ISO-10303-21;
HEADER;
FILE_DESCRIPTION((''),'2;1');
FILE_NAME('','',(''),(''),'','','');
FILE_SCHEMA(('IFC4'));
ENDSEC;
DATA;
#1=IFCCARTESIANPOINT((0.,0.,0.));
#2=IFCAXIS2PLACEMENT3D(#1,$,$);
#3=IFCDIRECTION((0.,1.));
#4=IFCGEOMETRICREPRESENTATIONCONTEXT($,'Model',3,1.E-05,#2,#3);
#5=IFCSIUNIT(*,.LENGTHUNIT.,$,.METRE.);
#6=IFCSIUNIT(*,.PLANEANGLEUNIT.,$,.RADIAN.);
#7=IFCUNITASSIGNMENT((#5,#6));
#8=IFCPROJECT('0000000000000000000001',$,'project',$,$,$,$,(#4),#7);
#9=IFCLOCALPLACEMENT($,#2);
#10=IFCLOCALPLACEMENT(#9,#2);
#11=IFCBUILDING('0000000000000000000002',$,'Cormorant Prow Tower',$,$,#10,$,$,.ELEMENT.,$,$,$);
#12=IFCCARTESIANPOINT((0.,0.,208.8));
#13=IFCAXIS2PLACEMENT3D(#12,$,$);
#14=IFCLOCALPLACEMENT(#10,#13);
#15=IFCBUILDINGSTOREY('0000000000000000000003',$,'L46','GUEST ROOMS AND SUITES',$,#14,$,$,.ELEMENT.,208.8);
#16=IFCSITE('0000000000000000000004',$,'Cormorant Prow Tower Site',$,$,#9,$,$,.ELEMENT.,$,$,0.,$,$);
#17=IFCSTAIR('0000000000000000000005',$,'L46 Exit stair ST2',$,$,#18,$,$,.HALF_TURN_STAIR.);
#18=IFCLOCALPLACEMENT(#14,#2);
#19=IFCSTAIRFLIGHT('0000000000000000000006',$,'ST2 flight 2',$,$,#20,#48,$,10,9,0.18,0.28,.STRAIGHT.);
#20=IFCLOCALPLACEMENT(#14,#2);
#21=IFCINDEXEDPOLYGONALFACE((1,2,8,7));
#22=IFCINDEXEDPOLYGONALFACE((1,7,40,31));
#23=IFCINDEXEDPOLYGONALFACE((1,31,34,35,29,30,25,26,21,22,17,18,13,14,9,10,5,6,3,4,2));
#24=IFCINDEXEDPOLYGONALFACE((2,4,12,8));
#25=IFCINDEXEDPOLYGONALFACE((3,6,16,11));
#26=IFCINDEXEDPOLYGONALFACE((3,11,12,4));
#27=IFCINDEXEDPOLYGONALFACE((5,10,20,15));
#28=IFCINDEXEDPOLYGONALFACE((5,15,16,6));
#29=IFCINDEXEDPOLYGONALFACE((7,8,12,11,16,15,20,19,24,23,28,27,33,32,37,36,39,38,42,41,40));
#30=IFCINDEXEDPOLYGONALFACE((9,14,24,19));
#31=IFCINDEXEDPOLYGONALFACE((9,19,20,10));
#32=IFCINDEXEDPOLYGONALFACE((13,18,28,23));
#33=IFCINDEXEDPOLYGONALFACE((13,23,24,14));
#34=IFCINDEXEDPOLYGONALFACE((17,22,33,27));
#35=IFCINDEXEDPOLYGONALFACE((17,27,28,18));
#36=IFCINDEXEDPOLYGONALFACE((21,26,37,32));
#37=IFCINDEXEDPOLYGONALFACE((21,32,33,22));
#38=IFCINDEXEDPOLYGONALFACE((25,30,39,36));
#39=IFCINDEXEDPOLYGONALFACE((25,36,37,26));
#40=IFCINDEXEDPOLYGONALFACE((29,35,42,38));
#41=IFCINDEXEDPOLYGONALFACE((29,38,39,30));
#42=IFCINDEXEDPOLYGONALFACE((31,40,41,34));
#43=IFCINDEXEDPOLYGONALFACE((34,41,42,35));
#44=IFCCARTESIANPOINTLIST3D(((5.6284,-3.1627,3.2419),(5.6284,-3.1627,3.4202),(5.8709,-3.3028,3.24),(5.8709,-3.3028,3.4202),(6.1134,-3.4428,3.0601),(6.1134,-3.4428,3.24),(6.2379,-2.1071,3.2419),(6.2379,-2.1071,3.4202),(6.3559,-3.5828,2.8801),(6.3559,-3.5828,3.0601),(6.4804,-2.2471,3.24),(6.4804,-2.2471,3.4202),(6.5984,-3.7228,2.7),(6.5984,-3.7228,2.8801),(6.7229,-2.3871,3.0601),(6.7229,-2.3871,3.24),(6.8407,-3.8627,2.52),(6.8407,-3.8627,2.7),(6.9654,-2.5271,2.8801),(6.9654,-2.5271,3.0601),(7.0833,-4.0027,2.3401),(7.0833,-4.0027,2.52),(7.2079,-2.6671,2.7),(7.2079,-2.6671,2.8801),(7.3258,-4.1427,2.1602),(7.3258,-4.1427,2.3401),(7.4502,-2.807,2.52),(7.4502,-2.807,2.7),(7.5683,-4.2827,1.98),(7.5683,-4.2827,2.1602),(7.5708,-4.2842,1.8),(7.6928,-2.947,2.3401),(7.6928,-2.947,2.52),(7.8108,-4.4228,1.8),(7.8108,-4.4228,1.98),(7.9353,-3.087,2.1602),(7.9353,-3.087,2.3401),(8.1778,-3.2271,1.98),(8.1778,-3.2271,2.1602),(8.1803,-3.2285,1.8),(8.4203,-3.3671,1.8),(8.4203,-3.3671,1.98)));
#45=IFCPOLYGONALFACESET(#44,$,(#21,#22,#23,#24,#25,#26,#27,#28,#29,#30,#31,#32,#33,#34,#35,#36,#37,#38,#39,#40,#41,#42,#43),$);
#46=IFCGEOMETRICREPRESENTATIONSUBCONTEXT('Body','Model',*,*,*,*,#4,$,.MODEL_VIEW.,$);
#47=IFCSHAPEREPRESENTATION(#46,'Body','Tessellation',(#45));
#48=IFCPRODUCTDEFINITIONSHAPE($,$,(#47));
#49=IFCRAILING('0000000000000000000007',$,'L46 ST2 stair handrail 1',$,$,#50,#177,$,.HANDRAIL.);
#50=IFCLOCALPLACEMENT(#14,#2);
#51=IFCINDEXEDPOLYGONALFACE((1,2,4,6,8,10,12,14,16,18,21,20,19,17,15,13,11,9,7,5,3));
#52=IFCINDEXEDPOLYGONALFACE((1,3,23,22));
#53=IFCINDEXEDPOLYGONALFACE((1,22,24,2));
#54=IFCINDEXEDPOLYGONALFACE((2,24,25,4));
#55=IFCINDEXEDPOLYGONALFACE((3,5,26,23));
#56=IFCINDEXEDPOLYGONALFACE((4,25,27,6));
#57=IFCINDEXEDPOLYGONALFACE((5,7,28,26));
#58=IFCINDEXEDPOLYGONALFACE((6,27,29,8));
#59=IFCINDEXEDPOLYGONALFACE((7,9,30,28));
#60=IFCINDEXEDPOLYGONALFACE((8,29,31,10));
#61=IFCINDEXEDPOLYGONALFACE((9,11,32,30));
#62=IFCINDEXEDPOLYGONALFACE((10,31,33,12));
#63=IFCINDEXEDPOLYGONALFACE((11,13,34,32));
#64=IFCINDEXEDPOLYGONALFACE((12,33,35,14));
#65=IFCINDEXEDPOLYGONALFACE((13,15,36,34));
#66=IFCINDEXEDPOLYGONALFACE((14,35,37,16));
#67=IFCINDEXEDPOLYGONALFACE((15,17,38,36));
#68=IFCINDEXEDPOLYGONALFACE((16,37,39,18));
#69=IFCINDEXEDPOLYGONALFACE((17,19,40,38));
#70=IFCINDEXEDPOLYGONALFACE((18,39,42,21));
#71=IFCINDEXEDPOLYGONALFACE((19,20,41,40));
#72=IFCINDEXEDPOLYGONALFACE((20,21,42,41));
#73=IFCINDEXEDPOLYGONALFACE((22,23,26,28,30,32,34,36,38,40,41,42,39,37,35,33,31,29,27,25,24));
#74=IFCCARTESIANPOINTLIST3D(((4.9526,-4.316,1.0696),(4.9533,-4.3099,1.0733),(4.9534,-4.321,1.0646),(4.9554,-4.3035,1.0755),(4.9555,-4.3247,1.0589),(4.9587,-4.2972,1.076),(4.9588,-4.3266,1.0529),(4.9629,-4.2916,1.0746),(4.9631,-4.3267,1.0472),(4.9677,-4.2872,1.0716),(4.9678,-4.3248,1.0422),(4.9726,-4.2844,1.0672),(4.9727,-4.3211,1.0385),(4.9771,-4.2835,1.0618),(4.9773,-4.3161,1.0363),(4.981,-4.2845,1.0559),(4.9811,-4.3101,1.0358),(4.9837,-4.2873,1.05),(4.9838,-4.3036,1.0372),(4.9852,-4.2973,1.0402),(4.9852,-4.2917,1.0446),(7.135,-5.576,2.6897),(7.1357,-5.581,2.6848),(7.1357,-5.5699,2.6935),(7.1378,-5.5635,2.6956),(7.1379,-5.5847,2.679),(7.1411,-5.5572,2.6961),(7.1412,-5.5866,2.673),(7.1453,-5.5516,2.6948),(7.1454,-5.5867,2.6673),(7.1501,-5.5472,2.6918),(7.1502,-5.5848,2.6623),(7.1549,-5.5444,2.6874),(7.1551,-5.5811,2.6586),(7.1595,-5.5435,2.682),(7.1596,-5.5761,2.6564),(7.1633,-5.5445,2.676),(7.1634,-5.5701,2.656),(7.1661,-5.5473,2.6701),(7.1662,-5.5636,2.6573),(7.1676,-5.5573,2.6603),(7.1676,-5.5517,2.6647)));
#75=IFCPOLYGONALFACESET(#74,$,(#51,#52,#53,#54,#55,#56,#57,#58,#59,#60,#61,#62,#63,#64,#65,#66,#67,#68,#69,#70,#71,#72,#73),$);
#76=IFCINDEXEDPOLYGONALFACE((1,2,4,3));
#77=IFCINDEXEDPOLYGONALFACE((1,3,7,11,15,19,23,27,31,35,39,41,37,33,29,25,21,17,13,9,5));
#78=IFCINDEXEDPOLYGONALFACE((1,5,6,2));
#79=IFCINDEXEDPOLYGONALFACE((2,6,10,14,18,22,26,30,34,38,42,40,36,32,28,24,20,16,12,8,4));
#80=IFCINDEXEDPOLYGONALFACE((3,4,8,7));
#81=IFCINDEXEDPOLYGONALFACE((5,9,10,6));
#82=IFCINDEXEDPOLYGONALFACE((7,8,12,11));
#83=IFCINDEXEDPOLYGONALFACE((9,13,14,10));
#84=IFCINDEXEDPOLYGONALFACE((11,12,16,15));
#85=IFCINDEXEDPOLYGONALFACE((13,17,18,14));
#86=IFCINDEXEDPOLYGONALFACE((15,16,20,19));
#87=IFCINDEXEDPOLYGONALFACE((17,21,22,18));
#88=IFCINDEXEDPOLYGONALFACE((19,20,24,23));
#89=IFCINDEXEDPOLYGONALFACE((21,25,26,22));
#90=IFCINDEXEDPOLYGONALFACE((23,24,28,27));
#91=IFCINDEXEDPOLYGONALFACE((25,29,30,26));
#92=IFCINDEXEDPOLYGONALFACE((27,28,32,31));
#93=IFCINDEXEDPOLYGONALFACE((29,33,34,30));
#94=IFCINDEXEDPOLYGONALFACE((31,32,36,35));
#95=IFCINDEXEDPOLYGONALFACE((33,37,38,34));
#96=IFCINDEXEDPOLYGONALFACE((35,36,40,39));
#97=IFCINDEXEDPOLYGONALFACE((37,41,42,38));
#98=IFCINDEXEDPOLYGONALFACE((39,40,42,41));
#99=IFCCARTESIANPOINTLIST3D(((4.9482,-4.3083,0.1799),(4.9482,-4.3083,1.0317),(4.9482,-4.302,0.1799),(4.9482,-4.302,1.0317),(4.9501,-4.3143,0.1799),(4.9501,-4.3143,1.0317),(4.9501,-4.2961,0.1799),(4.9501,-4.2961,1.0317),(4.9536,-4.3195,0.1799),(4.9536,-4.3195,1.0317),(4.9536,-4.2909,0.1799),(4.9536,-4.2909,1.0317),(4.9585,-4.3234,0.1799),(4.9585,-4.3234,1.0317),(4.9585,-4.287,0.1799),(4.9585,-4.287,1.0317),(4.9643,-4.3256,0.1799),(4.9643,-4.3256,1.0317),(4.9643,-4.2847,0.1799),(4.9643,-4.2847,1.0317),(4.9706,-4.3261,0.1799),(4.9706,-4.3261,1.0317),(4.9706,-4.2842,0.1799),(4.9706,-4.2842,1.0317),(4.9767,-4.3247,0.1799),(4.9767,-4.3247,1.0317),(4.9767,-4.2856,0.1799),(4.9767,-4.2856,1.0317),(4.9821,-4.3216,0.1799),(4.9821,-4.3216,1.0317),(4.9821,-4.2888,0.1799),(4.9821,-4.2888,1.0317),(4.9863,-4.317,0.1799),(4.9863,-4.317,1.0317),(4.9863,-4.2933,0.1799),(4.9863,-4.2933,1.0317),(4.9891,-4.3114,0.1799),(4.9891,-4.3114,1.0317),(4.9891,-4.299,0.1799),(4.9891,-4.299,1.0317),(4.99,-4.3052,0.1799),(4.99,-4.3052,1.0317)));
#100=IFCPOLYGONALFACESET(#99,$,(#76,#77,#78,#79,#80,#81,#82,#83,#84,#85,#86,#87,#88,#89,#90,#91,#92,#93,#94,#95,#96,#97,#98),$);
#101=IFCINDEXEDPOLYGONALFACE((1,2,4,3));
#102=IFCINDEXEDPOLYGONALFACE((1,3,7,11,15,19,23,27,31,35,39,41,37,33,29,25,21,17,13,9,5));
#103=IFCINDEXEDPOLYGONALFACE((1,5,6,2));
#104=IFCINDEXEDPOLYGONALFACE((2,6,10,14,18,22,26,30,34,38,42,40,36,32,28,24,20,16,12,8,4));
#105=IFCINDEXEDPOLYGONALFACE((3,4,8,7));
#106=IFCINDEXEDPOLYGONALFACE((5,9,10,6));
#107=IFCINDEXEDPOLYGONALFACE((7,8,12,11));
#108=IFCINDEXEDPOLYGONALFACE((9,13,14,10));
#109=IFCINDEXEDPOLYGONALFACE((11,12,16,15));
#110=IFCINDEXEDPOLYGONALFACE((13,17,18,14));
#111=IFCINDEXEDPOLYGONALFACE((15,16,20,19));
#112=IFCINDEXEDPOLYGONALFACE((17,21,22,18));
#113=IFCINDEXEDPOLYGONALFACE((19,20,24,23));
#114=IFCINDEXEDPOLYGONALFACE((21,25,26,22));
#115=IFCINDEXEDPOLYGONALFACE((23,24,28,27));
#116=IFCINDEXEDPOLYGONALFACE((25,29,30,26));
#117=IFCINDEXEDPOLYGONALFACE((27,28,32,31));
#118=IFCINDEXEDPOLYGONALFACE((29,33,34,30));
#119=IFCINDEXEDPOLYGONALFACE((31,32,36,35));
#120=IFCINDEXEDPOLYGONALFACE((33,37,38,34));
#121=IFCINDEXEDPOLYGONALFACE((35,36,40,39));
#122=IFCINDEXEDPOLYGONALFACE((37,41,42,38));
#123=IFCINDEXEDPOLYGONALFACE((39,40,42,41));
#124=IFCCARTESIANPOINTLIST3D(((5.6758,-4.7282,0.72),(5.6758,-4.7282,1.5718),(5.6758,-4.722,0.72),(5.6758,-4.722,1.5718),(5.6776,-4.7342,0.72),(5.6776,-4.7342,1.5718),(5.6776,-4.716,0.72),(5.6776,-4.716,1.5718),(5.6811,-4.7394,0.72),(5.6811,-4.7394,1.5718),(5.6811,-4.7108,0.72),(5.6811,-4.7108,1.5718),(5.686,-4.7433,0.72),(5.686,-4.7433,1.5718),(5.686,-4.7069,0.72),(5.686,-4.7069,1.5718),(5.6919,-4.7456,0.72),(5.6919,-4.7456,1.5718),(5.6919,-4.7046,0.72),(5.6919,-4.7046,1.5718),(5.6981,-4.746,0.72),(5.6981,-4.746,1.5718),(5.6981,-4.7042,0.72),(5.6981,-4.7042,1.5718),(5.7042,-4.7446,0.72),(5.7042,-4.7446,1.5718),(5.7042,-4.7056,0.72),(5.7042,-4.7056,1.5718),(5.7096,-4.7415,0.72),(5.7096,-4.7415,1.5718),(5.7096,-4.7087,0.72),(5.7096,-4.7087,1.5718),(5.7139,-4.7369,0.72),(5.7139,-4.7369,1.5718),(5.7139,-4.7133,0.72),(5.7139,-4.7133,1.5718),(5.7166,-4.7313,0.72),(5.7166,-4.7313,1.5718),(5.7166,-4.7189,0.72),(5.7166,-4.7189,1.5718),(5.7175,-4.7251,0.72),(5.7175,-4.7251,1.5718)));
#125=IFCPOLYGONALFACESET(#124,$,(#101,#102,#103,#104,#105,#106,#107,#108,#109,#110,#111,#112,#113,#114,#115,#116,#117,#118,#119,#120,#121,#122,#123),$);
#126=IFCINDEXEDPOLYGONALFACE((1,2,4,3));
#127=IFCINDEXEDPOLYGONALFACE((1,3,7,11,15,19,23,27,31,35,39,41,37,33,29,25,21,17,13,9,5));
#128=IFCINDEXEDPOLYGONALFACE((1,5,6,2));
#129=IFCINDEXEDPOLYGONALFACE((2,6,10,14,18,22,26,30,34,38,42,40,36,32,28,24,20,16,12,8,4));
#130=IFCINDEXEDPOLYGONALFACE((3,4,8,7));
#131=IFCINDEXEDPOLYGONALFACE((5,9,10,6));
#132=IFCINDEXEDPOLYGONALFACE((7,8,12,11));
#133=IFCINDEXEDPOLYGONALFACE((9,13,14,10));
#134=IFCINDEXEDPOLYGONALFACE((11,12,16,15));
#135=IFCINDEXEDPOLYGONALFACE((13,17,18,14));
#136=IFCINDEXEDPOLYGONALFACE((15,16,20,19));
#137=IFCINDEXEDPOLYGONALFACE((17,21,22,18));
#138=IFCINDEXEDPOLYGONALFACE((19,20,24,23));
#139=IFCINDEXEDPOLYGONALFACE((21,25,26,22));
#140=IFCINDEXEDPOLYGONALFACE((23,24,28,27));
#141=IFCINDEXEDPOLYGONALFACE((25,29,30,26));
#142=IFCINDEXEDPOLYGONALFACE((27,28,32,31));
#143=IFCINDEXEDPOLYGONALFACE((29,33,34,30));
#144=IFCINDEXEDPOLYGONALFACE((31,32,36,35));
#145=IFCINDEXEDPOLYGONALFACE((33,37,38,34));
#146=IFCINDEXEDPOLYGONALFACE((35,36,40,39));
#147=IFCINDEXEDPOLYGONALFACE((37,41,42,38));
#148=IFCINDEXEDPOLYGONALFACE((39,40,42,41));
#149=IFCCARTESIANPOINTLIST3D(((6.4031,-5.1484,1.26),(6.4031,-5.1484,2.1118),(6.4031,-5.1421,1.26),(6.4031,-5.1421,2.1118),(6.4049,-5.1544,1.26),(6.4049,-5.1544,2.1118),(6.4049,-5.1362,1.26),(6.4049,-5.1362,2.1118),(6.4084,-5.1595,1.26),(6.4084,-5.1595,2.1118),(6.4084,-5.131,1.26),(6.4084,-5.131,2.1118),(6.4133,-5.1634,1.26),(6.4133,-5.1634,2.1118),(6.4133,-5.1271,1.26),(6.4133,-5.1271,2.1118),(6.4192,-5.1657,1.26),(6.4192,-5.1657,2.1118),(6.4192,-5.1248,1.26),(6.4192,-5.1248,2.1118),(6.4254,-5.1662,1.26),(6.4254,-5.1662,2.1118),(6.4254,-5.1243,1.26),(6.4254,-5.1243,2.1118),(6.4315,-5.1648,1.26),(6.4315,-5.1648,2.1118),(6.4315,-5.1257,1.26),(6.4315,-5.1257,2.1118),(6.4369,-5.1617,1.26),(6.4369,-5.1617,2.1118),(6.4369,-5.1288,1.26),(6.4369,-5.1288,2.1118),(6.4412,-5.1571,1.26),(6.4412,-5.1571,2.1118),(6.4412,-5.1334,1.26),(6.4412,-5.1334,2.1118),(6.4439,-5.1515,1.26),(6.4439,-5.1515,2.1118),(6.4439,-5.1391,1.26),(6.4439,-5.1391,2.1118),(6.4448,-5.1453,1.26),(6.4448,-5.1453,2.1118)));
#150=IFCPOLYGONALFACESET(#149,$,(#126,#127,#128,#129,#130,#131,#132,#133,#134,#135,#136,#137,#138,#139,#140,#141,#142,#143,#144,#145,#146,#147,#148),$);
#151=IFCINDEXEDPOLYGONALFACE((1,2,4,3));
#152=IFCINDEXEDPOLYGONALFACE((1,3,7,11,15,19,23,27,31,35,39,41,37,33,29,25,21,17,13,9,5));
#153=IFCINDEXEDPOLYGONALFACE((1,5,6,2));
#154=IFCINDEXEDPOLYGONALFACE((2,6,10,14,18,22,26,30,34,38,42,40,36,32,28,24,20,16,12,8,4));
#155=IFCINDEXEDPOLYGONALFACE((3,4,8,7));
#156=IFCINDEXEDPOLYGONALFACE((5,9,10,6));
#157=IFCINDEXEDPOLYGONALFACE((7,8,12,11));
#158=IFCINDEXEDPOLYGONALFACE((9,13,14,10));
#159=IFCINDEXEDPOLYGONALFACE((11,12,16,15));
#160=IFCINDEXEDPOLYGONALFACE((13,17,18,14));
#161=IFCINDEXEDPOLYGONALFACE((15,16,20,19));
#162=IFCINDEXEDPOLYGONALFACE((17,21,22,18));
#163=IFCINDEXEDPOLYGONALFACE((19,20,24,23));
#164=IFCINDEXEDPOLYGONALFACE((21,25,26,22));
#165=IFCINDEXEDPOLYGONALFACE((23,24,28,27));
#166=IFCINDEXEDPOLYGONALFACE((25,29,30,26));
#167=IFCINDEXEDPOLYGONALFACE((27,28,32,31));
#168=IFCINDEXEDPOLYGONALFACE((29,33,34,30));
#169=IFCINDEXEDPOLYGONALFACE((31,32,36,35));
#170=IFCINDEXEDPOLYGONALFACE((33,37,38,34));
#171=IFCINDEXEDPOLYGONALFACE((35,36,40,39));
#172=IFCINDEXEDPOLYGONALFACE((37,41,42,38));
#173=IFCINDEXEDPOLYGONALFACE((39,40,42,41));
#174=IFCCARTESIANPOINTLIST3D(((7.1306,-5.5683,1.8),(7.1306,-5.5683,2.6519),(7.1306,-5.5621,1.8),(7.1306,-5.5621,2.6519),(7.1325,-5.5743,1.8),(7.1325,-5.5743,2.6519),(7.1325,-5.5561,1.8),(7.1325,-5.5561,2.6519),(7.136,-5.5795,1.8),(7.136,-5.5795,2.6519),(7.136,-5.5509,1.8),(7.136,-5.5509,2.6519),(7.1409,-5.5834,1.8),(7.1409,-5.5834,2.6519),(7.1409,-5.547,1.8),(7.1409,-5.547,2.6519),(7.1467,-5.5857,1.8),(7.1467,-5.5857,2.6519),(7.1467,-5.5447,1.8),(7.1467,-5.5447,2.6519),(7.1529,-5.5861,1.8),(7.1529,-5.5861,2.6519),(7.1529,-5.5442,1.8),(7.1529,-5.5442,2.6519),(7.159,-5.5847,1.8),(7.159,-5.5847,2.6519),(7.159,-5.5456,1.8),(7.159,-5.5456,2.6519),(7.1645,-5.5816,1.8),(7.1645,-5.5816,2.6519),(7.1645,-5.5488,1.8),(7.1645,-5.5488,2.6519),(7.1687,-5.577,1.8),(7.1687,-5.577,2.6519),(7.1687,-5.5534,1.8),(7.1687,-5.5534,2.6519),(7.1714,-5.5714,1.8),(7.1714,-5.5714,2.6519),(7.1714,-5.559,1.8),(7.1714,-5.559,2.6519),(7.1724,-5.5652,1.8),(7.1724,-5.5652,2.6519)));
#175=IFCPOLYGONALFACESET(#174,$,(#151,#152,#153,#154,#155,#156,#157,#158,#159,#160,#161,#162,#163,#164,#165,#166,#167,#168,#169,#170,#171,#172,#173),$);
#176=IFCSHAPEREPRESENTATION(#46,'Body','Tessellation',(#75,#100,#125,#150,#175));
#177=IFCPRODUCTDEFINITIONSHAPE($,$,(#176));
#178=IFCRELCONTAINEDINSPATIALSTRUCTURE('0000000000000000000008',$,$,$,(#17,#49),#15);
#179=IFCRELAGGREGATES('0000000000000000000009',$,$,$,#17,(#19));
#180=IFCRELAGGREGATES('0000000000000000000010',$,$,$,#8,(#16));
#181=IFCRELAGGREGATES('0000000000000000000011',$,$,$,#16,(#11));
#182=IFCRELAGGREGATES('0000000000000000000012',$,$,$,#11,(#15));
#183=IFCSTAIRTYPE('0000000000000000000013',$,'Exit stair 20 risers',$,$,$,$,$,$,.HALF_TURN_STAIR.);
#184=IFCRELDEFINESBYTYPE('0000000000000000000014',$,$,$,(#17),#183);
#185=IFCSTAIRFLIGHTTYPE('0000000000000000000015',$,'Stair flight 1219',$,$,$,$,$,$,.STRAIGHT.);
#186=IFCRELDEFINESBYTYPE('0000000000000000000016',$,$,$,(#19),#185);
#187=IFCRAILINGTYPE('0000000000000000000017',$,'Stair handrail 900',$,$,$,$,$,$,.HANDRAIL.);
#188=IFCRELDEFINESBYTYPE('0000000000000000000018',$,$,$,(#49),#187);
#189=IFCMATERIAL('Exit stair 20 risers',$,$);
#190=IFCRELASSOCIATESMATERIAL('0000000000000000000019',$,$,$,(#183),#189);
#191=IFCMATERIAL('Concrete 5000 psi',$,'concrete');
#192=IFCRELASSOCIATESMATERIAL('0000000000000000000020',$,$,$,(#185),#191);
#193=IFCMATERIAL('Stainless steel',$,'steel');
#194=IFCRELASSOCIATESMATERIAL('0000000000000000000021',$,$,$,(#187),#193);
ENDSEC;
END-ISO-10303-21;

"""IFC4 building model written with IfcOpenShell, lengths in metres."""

from ifc_helpers import new_model, si_unit, direction, frame, origin, origin_2d, place, context, subcontext, project, spatial, polyline, circle, outline, extrude, material, type_object, element, aggregate, save


model = new_model("IFC4")

# Units and contexts
model_context = context("Model", 3, precision=1e-05, world=origin(), true_north=direction((0.0, 1.0)))
body_context = subcontext(model_context, "Body", "Model", "MODEL_VIEW")
ifc_project = project(units=[si_unit("LENGTHUNIT", "METRE"), si_unit("PLANEANGLEUNIT", "RADIAN")], contexts=[model_context])

# Site, building, storey
site_placement = place(None, origin())
site = spatial("IfcSite", under=ifc_project, at=site_placement, Name="Cormorant Prow Tower Site", CompositionType="ELEMENT", RefElevation=0.0)
building_placement = place(site_placement, origin())
building = spatial("IfcBuilding", under=site, at=building_placement, Name="Cormorant Prow Tower", CompositionType="ELEMENT")
storey_placement = place(building_placement, frame((0.0, 0.0, 208.8)))
storey = spatial("IfcBuildingStorey", under=building, at=storey_placement, Name="L46", Description="GUEST ROOMS AND SUITES", CompositionType="ELEMENT", Elevation=208.8)

# Stair, stair flight
ifc_material_1 = material(Name="Exit stair 20 risers")
stair_type = type_object("IfcStairType", Name="Exit stair 20 risers", PredefinedType="HALF_TURN_STAIR", material=ifc_material_1)
stair_placement = place(storey_placement, origin())
stair = element("IfcStair", 1, at=stair_placement, inside=storey, type_object=stair_type, Name="L46 Exit stair ST2", PredefinedType="HALF_TURN_STAIR")
ifc_material_2 = material(Name="Concrete 5000 psi", Category="concrete")
stair_flight_type = type_object("IfcStairFlightType", Name="Stair flight 1219", PredefinedType="STRAIGHT", material=ifc_material_2)
stair_flight_1_placement = place(storey_placement, frame((8.1155, -3.895, 1.8), z_axis=(0.0, 0.0, 1.0), x_axis=(-0.866025, 0.5, 0.0)))
stair_flight_1 = element("IfcStairFlight", 2, at=stair_flight_1_placement, type_object=stair_flight_type, Name="ST2 flight 2", NumberOfRisers=10, NumberOfTreads=9, PredefinedType="STRAIGHT", RiserHeight=0.18, TreadLength=0.28, context=body_context, shape_type="SweptSolid", body=[
    extrude(outline(polyline([(0.0, 0.0), (0.0, 0.1799), (0.28, 0.1799), (0.28, 0.3601), (0.5601, 0.3601), (0.5601, 0.54), (0.8401, 0.54), (0.8401, 0.72), (1.1201, 0.72), (1.1201, 0.8999), (1.3999, 0.8999), (1.3999, 1.0801), (1.6799, 1.0801), (1.6799, 1.26), (1.96, 1.26), (1.96, 1.4399), (2.24, 1.4399), (2.24, 1.6201), (2.52, 1.6201), (2.52, 1.8), (2.52, 1.4419), (0.2771, 0.0), (0.0, 0.0)])), frame((0.0, 0.6094, 0.0), z_axis=(0.0, -1.0, 0.0), x_axis=(1.0, 0.0, 0.0)), (0.0, 0.0, 1.0), 1.219),
])
aggregate(stair, [stair_flight_1])

# Railing
ifc_material_3 = material(Name="Stainless steel", Category="steel")
railing_type_1 = type_object("IfcRailingType", Name="Stair handrail 900", PredefinedType="HANDRAIL", material=ifc_material_3)
railing_1_placement = place(storey_placement, frame((4.969, -4.3052, 0.1799)))
element("IfcRailing", 3, at=railing_1_placement, inside=storey, type_object=railing_type_1, Name="L46 ST2 stair handrail 1", PredefinedType="HANDRAIL", context=body_context, shape_type="SweptSolid", body=[
    extrude(circle(Radius=0.0239, at=origin_2d()), frame((0.0, 0.0, 0.876), z_axis=(0.728464, -0.420584, 0.540786), x_axis=(0.500005, 0.866023, 0.0)), (0.0, 0.0, 1.0), 2.9958),
    extrude(circle(Radius=0.021, at=origin_2d()), origin(), (0.0, 0.0, 1.0), 0.8518),
    extrude(circle(Radius=0.021, at=origin_2d()), frame((0.7275, -0.4199, 0.54)), (0.0, 0.0, 1.0), 0.8518),
    extrude(circle(Radius=0.021, at=origin_2d()), frame((1.4548, -0.8401, 1.0801)), (0.0, 0.0, 1.0), 0.8518),
    extrude(circle(Radius=0.021, at=origin_2d()), frame((2.1824, -1.26, 1.6201)), (0.0, 0.0, 1.0), 0.8518),
])

save(model, "model.ifc")
